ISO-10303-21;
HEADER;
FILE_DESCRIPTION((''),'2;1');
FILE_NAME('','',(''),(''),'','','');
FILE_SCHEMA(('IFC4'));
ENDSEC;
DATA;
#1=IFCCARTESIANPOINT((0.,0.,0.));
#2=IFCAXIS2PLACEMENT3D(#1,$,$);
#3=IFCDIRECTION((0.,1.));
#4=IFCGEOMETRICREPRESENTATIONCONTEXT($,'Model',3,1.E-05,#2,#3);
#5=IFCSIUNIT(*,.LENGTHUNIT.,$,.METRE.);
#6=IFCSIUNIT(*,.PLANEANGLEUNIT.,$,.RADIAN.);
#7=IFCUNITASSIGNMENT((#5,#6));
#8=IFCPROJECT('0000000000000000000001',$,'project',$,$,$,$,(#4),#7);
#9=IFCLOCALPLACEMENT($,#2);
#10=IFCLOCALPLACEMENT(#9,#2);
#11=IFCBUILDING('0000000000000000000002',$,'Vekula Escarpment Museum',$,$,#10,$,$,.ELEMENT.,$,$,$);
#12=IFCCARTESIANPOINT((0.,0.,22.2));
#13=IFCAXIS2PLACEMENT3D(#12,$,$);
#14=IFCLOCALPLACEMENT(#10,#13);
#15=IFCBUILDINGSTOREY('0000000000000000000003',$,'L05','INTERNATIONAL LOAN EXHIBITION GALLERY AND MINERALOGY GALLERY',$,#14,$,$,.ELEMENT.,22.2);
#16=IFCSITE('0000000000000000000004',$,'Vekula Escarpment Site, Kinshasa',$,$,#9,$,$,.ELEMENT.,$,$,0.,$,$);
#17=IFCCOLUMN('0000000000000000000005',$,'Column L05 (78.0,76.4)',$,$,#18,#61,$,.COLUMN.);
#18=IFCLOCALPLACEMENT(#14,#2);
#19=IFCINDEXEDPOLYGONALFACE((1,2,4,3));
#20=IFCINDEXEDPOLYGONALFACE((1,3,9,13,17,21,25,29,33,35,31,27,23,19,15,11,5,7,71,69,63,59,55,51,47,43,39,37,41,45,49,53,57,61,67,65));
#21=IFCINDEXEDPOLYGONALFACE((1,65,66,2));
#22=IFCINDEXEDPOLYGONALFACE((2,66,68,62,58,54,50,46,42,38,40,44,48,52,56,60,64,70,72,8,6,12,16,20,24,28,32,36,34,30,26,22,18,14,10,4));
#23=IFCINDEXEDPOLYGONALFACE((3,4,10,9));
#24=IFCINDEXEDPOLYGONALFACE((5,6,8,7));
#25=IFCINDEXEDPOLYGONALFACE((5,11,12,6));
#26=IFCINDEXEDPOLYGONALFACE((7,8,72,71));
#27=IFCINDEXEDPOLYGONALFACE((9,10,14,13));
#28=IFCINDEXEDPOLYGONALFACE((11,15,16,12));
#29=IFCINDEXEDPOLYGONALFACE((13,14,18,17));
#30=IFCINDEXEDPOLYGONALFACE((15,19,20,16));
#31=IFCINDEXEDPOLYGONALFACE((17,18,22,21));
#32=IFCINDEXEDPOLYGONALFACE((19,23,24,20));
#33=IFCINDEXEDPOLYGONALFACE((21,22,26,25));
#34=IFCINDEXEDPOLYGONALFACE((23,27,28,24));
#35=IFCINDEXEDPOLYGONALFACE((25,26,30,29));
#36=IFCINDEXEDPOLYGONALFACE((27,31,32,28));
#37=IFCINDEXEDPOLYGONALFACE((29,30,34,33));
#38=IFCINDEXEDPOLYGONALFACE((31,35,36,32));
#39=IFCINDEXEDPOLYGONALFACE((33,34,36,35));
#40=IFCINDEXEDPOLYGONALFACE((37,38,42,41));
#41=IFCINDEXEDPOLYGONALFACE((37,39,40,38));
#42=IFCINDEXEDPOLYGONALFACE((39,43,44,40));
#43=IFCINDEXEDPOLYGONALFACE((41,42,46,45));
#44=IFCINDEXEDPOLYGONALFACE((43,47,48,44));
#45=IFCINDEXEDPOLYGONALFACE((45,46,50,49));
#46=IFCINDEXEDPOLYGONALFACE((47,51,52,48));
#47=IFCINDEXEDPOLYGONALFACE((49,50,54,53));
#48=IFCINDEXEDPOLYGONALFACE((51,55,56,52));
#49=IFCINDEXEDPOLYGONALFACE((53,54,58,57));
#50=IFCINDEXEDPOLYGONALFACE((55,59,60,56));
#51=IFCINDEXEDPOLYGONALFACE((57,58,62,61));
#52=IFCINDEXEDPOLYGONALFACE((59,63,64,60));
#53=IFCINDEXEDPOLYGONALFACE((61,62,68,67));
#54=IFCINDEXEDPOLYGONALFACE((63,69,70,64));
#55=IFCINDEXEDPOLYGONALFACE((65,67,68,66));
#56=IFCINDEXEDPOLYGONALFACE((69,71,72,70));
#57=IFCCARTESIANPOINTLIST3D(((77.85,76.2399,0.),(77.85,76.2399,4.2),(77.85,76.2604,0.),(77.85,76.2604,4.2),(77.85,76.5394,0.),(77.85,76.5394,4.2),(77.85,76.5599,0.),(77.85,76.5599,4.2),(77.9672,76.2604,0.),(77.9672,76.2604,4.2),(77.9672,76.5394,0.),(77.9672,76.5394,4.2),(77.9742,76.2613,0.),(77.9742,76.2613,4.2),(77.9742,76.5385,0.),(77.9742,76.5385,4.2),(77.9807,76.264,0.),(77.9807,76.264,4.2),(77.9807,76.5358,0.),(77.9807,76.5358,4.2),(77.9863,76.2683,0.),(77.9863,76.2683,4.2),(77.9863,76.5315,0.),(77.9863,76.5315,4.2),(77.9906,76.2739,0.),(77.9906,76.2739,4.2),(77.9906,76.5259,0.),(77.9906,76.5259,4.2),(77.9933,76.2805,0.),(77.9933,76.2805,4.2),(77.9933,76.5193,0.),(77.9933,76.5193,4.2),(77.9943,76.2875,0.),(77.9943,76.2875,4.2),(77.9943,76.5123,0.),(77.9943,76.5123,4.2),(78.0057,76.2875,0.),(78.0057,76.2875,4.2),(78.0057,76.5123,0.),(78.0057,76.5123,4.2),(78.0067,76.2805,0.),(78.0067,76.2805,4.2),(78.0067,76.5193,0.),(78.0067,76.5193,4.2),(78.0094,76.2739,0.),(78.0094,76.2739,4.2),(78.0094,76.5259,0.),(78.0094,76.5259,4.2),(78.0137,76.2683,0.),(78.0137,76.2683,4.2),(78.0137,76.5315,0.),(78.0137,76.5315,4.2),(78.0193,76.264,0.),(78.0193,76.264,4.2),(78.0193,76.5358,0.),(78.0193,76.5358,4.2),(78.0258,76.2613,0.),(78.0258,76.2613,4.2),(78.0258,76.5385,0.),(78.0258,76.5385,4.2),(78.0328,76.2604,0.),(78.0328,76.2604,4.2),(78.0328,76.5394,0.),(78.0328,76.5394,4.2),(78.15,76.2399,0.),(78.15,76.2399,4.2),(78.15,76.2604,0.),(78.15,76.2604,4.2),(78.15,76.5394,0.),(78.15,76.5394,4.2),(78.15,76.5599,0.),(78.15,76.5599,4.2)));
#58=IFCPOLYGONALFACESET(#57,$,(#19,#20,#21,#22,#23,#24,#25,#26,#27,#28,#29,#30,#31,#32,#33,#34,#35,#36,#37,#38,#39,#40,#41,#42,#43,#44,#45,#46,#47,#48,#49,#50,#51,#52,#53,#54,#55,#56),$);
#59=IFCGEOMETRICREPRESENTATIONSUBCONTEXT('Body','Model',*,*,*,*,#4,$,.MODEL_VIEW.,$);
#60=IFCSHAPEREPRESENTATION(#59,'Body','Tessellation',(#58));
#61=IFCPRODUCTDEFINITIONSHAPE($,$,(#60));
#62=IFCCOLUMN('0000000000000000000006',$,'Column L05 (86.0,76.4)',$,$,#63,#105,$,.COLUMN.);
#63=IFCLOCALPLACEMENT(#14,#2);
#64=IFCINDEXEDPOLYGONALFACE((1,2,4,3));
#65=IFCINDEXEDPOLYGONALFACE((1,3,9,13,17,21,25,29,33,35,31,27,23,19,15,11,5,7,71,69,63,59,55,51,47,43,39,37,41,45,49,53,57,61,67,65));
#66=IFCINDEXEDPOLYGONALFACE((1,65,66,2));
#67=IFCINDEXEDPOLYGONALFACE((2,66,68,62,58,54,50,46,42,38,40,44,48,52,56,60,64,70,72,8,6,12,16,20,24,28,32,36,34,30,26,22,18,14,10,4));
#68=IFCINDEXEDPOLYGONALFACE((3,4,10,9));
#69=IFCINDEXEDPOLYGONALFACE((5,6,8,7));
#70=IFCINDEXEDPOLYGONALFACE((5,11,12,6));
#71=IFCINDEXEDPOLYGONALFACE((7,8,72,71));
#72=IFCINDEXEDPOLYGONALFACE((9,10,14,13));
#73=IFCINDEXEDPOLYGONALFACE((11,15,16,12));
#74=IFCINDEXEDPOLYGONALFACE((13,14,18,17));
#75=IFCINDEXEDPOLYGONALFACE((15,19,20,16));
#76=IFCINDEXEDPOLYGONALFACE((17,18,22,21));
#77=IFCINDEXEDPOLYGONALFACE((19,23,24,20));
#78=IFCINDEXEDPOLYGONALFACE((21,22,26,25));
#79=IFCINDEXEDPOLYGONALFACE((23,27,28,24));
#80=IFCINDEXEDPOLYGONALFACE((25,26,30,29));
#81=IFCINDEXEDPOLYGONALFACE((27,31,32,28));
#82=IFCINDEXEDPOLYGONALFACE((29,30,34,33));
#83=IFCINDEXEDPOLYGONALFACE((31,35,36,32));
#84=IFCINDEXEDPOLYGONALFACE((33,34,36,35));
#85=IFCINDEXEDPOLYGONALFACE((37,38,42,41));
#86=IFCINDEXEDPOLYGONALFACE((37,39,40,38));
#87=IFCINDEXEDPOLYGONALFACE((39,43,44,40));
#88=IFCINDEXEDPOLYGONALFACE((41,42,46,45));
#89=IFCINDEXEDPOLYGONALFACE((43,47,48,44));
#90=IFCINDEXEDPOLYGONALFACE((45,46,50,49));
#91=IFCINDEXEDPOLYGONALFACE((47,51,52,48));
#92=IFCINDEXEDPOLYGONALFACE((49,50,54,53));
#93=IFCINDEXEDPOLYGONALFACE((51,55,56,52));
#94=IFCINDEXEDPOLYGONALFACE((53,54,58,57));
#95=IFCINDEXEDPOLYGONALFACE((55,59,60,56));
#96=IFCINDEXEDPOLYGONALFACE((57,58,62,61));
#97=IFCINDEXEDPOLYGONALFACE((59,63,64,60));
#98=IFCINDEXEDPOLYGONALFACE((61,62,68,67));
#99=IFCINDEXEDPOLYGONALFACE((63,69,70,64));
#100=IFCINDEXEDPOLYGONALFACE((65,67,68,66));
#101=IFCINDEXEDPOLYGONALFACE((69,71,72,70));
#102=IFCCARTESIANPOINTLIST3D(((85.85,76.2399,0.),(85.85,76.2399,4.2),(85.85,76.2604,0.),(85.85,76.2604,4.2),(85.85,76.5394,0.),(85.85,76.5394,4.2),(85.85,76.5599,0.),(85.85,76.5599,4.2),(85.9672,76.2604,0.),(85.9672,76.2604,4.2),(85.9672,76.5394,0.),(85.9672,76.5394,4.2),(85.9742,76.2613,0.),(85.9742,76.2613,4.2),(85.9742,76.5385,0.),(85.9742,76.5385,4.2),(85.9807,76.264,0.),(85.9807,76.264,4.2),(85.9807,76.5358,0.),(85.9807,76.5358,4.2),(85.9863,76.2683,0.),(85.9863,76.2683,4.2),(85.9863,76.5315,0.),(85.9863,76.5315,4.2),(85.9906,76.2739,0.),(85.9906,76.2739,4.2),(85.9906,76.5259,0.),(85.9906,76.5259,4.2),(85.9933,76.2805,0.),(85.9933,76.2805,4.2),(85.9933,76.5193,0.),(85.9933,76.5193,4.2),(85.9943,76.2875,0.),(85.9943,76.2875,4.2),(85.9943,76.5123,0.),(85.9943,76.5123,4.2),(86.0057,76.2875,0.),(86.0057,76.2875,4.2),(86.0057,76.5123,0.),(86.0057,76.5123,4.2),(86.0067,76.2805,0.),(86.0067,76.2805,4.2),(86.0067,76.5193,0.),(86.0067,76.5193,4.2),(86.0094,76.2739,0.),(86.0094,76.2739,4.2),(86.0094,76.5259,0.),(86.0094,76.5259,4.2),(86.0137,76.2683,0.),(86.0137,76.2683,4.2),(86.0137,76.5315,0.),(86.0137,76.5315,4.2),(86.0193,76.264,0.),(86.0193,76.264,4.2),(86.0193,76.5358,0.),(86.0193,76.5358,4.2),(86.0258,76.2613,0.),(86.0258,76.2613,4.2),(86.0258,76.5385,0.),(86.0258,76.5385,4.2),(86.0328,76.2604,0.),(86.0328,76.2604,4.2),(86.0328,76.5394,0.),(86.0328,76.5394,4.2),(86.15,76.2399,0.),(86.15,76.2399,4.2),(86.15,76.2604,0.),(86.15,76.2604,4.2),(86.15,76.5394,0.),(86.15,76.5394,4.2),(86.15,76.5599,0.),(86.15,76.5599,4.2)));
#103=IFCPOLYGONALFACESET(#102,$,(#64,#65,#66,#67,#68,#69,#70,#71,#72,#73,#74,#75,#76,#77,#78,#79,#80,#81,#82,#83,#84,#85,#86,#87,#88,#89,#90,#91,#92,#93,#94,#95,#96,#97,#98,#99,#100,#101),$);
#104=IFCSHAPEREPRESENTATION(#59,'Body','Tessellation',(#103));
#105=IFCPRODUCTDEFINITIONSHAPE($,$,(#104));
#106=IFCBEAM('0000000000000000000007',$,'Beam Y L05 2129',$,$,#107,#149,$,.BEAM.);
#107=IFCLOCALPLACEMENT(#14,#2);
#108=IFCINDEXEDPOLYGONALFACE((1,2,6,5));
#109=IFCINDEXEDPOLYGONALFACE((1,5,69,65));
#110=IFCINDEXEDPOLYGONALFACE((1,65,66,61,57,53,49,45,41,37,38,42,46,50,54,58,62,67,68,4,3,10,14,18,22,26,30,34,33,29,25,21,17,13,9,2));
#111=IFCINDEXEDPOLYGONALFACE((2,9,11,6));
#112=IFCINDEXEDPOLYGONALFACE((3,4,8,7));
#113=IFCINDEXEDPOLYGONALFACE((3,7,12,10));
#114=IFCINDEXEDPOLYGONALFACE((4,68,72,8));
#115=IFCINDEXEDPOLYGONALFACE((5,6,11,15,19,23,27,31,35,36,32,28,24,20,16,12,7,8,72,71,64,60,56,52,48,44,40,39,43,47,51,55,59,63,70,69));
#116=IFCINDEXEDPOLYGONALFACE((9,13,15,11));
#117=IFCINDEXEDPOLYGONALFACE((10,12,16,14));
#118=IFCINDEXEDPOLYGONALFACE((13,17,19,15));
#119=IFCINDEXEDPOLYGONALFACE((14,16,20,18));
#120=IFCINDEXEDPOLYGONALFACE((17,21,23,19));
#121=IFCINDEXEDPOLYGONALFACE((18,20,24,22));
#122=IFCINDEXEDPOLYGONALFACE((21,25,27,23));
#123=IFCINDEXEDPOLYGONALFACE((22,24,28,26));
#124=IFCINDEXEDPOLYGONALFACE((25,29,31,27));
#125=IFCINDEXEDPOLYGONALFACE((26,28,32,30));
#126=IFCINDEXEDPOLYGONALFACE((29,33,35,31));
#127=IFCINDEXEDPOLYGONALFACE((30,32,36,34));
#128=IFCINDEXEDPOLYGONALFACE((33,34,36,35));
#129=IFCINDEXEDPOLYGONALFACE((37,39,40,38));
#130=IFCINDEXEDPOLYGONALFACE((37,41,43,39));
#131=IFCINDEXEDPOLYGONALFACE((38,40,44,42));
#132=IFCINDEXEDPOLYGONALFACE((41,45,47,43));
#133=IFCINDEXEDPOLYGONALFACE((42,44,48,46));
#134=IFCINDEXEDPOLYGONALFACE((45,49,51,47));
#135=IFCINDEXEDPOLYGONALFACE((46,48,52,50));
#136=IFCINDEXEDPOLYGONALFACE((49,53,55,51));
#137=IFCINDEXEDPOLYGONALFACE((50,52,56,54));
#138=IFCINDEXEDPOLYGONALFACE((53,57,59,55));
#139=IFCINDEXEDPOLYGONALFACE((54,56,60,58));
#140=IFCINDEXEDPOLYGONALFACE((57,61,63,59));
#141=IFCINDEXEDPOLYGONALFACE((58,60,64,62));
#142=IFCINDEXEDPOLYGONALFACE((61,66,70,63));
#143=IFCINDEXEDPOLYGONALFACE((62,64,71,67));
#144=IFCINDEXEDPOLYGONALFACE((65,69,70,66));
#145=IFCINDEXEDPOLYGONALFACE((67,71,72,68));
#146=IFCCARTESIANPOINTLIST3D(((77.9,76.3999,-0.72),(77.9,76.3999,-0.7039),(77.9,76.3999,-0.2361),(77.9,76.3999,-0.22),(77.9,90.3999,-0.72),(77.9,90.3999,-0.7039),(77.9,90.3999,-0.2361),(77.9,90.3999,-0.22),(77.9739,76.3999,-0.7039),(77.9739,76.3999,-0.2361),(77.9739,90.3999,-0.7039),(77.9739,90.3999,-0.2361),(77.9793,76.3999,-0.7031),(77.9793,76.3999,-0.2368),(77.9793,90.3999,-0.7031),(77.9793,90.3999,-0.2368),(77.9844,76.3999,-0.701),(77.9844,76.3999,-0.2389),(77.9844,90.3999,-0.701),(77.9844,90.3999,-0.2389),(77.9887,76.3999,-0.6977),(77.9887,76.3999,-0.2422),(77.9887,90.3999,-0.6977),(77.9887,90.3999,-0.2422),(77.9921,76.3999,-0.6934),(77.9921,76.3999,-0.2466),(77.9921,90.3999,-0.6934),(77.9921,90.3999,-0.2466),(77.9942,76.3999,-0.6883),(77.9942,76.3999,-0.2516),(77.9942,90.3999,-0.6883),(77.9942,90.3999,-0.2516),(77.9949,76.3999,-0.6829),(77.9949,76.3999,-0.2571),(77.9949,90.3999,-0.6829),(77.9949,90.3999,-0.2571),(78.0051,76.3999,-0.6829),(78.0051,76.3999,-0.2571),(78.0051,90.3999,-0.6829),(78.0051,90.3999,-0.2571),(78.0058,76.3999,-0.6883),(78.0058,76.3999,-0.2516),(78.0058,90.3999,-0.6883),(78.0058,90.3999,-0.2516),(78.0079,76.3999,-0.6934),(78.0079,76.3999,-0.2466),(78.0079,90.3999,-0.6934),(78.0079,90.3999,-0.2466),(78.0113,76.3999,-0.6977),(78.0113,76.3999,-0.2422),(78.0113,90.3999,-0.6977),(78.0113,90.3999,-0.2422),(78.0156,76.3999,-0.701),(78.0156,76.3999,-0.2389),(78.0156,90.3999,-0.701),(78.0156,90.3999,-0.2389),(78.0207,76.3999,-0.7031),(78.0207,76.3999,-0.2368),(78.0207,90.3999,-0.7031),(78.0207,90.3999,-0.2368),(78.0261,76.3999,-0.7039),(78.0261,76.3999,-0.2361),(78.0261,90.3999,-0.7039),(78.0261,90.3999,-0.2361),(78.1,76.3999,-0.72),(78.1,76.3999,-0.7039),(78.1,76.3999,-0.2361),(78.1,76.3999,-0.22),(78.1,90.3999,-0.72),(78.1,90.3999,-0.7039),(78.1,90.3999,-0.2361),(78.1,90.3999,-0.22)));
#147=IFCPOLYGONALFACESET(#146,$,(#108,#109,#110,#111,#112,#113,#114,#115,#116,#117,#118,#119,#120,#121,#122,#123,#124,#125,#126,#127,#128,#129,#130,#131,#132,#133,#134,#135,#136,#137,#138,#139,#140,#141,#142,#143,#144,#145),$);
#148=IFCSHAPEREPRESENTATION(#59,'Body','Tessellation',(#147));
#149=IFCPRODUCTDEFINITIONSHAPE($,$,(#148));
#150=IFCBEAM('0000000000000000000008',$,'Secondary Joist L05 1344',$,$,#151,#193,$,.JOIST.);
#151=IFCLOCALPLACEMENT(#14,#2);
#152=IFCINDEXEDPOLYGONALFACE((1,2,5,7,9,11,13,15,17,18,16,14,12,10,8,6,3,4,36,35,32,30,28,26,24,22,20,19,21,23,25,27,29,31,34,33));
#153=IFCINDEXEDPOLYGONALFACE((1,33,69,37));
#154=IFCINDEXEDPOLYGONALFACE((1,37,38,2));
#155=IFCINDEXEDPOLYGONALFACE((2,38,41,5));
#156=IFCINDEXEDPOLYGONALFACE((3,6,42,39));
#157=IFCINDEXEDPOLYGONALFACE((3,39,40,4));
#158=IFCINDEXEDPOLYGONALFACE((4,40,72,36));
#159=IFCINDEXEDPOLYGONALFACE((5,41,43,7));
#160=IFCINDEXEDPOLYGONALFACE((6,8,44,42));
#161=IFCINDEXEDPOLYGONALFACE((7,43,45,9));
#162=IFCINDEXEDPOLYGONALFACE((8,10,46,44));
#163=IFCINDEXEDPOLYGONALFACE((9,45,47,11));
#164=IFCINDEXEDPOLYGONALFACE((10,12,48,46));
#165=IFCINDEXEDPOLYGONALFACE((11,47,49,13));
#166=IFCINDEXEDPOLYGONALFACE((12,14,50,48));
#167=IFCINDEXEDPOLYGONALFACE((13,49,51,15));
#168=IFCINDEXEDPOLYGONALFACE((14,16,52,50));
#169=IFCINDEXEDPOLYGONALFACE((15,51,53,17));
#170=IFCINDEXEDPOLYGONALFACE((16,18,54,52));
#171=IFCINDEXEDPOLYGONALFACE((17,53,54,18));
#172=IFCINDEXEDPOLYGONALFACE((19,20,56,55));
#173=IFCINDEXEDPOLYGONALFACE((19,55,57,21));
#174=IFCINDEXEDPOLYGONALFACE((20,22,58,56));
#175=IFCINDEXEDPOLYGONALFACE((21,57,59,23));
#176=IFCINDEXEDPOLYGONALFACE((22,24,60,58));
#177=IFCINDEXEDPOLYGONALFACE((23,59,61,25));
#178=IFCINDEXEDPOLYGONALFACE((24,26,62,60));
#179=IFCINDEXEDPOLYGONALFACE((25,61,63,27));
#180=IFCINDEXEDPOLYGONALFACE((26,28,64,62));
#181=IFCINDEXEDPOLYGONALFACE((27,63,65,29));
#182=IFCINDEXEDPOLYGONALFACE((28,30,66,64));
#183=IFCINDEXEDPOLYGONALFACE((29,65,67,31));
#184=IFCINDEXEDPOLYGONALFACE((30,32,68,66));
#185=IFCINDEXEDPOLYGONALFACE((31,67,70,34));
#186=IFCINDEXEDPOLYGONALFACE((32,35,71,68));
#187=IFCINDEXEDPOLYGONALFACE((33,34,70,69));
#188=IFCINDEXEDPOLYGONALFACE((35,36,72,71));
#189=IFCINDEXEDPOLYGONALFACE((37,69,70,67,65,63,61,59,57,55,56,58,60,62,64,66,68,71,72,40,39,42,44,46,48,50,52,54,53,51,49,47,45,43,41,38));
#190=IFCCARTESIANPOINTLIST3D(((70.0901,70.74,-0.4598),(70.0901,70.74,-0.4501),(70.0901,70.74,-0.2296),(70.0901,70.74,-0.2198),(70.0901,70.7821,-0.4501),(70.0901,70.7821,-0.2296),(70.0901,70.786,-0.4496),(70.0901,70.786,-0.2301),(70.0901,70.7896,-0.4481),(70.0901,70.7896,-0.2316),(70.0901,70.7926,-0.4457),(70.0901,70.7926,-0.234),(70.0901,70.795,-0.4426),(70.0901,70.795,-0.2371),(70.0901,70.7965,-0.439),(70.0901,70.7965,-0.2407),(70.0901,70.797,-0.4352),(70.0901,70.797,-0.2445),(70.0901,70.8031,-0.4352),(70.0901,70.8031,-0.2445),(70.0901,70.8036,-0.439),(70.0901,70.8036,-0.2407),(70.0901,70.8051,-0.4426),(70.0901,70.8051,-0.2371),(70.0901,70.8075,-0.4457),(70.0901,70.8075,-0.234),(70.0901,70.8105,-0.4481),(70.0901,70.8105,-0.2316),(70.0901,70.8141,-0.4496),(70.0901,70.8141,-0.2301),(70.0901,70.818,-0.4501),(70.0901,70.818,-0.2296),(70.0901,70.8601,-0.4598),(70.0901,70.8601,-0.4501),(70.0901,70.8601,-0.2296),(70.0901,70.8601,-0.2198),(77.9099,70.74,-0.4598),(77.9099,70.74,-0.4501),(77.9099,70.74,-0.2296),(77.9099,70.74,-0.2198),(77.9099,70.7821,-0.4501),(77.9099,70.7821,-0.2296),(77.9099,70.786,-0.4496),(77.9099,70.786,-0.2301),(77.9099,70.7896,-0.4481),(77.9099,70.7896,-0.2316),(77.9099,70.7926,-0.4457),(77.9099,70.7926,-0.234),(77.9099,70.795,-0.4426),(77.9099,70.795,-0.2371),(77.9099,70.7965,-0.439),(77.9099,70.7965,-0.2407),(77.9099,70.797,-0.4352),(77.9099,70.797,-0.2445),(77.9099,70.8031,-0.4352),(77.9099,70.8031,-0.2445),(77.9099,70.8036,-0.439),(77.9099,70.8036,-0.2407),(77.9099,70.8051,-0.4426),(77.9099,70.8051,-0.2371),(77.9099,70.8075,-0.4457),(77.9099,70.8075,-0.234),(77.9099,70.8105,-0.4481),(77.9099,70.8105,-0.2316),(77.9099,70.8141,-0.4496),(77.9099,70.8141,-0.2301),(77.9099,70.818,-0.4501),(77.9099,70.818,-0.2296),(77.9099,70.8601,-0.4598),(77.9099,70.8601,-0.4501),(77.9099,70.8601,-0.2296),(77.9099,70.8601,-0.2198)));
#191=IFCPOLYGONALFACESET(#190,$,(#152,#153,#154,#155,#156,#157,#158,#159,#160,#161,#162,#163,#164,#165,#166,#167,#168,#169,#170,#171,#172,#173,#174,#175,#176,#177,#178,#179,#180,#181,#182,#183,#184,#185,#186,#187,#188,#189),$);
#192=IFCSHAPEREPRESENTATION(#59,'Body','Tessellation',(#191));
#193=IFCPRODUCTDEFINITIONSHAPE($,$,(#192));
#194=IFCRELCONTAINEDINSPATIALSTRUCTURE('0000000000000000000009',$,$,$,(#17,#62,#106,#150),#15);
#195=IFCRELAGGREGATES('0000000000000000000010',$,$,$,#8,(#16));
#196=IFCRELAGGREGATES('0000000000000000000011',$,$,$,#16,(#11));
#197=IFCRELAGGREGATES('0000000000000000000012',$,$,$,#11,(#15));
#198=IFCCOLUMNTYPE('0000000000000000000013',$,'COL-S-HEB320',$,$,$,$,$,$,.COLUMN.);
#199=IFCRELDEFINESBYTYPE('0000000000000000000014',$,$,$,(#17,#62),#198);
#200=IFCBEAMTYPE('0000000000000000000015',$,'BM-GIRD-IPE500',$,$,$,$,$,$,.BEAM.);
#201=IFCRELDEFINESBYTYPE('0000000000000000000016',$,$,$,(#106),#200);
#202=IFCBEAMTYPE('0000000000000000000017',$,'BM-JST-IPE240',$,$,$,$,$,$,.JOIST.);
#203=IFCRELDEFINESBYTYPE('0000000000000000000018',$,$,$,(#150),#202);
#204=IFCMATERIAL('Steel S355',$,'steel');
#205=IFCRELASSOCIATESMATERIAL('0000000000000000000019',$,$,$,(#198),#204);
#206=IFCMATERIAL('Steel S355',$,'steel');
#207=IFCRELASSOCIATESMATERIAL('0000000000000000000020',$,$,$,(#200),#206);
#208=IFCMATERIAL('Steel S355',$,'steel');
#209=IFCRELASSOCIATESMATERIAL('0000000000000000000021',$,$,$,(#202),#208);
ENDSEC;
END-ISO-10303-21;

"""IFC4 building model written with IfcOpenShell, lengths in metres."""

from ifc_helpers import new_model, si_unit, direction, frame, origin, origin_2d, place, context, subcontext, project, spatial, i_section, extrude, material, material_profile, profile_set, type_object, element, save


model = new_model("IFC4")

# Units and contexts
model_context = context("Model", 3, precision=1e-05, world=origin(), true_north=direction((0.0, 1.0)))
body_context = subcontext(model_context, "Body", "Model", "MODEL_VIEW")
ifc_project = project(units=[si_unit("LENGTHUNIT", "METRE"), si_unit("PLANEANGLEUNIT", "RADIAN")], contexts=[model_context])

# Site, building, storey
site_placement = place(None, origin())
site = spatial("IfcSite", under=ifc_project, at=site_placement, Name="Vekula Escarpment Site, Kinshasa", CompositionType="ELEMENT", RefElevation=0.0)
building_placement = place(site_placement, origin())
building = spatial("IfcBuilding", under=site, at=building_placement, Name="Vekula Escarpment Museum", CompositionType="ELEMENT")
storey_placement = place(building_placement, frame((0.0, 0.0, 22.2)))
storey = spatial("IfcBuildingStorey", under=building, at=storey_placement, Name="L05", Description="INTERNATIONAL LOAN EXHIBITION GALLERY AND MINERALOGY GALLERY", CompositionType="ELEMENT", Elevation=22.2)

# Columns
ifc_material_1 = material(Name="Steel S355", Category="steel")
ifc_material_profile_1 = material_profile(ifc_material_1, i_section(OverallWidth=0.3, OverallDepth=0.3201, WebThickness=0.0115, FlangeThickness=0.0205, FilletRadius=0.0271, at=origin_2d()), Name="HEB 320")
ifc_profile_set_1 = profile_set([ifc_material_profile_1], Name="Steel S355")
column_type = type_object("IfcColumnType", Name="COL-S-HEB320", PredefinedType="COLUMN", material=ifc_profile_set_1)
for number, where, z_axis, x_axis, name in (
    (1, (78.0, 76.3999, 0.0), (0.0, 0.0, 1.0), (1.0, 0.0, 0.0), "Column L05 (78.0,76.4)"),
    (2, (86.0, 76.3999, 0.0), (0.0, 0.0, 1.0), (1.0, 0.0, 0.0), "Column L05 (86.0,76.4)"),
):
    element("IfcColumn", number, at=place(storey_placement, frame(where, z_axis=z_axis, x_axis=x_axis)), inside=storey, type_object=column_type, Name=name, PredefinedType="COLUMN", context=body_context, shape_type="SweptSolid", body=[
        extrude(i_section(OverallWidth=0.3, OverallDepth=0.3201, WebThickness=0.0115, FlangeThickness=0.0205, FilletRadius=0.0271, at=origin_2d()), origin(), (0.0, 0.0, 1.0), 4.2),
    ])

# Beams
ifc_material_2 = material(Name="Steel S355", Category="steel")
ifc_material_profile_2 = material_profile(ifc_material_2, i_section(OverallWidth=0.2, OverallDepth=0.5, WebThickness=0.0103, FlangeThickness=0.0161, FilletRadius=0.021, at=origin_2d()), Name="IPE 500")
ifc_profile_set_2 = profile_set([ifc_material_profile_2], Name="Steel S355")
beam_type_1 = type_object("IfcBeamType", Name="BM-GIRD-IPE500", PredefinedType="BEAM", material=ifc_profile_set_2)
beam_1_placement = place(storey_placement, frame((78.0, 76.3999, -0.47), z_axis=(0.0, 1.0, 0.0), x_axis=(-1.0, 0.0, 0.0)))
element("IfcBeam", 3, at=beam_1_placement, inside=storey, type_object=beam_type_1, Name="Beam Y L05 2129", PredefinedType="BEAM", context=body_context, shape_type="SweptSolid", body=[
    extrude(i_section(OverallWidth=0.2, OverallDepth=0.5, WebThickness=0.0103, FlangeThickness=0.0161, FilletRadius=0.021, at=origin_2d()), origin(), (0.0, 0.0, 1.0), 14.0),
])
ifc_material_3 = material(Name="Steel S355", Category="steel")
ifc_material_profile_3 = material_profile(ifc_material_3, i_section(OverallWidth=0.1201, OverallDepth=0.24, WebThickness=0.0061, FlangeThickness=0.0098, FilletRadius=0.0149, at=origin_2d()), Name="IPE 240")
ifc_profile_set_3 = profile_set([ifc_material_profile_3], Name="Steel S355")
beam_type_2 = type_object("IfcBeamType", Name="BM-JST-IPE240", PredefinedType="JOIST", material=ifc_profile_set_3)
for number, where, z_axis, x_axis, name in (
    (4, (70.0901, 70.8, -0.3398), (1.0, 0.0, 0.0), (0.0, 1.0, 0.0), "Secondary Joist L05 1344"),
):
    element("IfcBeam", number, at=place(storey_placement, frame(where, z_axis=z_axis, x_axis=x_axis)), inside=storey, type_object=beam_type_2, Name=name, PredefinedType="JOIST", context=body_context, shape_type="SweptSolid", body=[
        extrude(i_section(OverallWidth=0.1201, OverallDepth=0.24, WebThickness=0.0061, FlangeThickness=0.0098, FilletRadius=0.0149, at=origin_2d()), origin(), (0.0, 0.0, 1.0), 7.8198),
    ])

save(model, "model.ifc")
